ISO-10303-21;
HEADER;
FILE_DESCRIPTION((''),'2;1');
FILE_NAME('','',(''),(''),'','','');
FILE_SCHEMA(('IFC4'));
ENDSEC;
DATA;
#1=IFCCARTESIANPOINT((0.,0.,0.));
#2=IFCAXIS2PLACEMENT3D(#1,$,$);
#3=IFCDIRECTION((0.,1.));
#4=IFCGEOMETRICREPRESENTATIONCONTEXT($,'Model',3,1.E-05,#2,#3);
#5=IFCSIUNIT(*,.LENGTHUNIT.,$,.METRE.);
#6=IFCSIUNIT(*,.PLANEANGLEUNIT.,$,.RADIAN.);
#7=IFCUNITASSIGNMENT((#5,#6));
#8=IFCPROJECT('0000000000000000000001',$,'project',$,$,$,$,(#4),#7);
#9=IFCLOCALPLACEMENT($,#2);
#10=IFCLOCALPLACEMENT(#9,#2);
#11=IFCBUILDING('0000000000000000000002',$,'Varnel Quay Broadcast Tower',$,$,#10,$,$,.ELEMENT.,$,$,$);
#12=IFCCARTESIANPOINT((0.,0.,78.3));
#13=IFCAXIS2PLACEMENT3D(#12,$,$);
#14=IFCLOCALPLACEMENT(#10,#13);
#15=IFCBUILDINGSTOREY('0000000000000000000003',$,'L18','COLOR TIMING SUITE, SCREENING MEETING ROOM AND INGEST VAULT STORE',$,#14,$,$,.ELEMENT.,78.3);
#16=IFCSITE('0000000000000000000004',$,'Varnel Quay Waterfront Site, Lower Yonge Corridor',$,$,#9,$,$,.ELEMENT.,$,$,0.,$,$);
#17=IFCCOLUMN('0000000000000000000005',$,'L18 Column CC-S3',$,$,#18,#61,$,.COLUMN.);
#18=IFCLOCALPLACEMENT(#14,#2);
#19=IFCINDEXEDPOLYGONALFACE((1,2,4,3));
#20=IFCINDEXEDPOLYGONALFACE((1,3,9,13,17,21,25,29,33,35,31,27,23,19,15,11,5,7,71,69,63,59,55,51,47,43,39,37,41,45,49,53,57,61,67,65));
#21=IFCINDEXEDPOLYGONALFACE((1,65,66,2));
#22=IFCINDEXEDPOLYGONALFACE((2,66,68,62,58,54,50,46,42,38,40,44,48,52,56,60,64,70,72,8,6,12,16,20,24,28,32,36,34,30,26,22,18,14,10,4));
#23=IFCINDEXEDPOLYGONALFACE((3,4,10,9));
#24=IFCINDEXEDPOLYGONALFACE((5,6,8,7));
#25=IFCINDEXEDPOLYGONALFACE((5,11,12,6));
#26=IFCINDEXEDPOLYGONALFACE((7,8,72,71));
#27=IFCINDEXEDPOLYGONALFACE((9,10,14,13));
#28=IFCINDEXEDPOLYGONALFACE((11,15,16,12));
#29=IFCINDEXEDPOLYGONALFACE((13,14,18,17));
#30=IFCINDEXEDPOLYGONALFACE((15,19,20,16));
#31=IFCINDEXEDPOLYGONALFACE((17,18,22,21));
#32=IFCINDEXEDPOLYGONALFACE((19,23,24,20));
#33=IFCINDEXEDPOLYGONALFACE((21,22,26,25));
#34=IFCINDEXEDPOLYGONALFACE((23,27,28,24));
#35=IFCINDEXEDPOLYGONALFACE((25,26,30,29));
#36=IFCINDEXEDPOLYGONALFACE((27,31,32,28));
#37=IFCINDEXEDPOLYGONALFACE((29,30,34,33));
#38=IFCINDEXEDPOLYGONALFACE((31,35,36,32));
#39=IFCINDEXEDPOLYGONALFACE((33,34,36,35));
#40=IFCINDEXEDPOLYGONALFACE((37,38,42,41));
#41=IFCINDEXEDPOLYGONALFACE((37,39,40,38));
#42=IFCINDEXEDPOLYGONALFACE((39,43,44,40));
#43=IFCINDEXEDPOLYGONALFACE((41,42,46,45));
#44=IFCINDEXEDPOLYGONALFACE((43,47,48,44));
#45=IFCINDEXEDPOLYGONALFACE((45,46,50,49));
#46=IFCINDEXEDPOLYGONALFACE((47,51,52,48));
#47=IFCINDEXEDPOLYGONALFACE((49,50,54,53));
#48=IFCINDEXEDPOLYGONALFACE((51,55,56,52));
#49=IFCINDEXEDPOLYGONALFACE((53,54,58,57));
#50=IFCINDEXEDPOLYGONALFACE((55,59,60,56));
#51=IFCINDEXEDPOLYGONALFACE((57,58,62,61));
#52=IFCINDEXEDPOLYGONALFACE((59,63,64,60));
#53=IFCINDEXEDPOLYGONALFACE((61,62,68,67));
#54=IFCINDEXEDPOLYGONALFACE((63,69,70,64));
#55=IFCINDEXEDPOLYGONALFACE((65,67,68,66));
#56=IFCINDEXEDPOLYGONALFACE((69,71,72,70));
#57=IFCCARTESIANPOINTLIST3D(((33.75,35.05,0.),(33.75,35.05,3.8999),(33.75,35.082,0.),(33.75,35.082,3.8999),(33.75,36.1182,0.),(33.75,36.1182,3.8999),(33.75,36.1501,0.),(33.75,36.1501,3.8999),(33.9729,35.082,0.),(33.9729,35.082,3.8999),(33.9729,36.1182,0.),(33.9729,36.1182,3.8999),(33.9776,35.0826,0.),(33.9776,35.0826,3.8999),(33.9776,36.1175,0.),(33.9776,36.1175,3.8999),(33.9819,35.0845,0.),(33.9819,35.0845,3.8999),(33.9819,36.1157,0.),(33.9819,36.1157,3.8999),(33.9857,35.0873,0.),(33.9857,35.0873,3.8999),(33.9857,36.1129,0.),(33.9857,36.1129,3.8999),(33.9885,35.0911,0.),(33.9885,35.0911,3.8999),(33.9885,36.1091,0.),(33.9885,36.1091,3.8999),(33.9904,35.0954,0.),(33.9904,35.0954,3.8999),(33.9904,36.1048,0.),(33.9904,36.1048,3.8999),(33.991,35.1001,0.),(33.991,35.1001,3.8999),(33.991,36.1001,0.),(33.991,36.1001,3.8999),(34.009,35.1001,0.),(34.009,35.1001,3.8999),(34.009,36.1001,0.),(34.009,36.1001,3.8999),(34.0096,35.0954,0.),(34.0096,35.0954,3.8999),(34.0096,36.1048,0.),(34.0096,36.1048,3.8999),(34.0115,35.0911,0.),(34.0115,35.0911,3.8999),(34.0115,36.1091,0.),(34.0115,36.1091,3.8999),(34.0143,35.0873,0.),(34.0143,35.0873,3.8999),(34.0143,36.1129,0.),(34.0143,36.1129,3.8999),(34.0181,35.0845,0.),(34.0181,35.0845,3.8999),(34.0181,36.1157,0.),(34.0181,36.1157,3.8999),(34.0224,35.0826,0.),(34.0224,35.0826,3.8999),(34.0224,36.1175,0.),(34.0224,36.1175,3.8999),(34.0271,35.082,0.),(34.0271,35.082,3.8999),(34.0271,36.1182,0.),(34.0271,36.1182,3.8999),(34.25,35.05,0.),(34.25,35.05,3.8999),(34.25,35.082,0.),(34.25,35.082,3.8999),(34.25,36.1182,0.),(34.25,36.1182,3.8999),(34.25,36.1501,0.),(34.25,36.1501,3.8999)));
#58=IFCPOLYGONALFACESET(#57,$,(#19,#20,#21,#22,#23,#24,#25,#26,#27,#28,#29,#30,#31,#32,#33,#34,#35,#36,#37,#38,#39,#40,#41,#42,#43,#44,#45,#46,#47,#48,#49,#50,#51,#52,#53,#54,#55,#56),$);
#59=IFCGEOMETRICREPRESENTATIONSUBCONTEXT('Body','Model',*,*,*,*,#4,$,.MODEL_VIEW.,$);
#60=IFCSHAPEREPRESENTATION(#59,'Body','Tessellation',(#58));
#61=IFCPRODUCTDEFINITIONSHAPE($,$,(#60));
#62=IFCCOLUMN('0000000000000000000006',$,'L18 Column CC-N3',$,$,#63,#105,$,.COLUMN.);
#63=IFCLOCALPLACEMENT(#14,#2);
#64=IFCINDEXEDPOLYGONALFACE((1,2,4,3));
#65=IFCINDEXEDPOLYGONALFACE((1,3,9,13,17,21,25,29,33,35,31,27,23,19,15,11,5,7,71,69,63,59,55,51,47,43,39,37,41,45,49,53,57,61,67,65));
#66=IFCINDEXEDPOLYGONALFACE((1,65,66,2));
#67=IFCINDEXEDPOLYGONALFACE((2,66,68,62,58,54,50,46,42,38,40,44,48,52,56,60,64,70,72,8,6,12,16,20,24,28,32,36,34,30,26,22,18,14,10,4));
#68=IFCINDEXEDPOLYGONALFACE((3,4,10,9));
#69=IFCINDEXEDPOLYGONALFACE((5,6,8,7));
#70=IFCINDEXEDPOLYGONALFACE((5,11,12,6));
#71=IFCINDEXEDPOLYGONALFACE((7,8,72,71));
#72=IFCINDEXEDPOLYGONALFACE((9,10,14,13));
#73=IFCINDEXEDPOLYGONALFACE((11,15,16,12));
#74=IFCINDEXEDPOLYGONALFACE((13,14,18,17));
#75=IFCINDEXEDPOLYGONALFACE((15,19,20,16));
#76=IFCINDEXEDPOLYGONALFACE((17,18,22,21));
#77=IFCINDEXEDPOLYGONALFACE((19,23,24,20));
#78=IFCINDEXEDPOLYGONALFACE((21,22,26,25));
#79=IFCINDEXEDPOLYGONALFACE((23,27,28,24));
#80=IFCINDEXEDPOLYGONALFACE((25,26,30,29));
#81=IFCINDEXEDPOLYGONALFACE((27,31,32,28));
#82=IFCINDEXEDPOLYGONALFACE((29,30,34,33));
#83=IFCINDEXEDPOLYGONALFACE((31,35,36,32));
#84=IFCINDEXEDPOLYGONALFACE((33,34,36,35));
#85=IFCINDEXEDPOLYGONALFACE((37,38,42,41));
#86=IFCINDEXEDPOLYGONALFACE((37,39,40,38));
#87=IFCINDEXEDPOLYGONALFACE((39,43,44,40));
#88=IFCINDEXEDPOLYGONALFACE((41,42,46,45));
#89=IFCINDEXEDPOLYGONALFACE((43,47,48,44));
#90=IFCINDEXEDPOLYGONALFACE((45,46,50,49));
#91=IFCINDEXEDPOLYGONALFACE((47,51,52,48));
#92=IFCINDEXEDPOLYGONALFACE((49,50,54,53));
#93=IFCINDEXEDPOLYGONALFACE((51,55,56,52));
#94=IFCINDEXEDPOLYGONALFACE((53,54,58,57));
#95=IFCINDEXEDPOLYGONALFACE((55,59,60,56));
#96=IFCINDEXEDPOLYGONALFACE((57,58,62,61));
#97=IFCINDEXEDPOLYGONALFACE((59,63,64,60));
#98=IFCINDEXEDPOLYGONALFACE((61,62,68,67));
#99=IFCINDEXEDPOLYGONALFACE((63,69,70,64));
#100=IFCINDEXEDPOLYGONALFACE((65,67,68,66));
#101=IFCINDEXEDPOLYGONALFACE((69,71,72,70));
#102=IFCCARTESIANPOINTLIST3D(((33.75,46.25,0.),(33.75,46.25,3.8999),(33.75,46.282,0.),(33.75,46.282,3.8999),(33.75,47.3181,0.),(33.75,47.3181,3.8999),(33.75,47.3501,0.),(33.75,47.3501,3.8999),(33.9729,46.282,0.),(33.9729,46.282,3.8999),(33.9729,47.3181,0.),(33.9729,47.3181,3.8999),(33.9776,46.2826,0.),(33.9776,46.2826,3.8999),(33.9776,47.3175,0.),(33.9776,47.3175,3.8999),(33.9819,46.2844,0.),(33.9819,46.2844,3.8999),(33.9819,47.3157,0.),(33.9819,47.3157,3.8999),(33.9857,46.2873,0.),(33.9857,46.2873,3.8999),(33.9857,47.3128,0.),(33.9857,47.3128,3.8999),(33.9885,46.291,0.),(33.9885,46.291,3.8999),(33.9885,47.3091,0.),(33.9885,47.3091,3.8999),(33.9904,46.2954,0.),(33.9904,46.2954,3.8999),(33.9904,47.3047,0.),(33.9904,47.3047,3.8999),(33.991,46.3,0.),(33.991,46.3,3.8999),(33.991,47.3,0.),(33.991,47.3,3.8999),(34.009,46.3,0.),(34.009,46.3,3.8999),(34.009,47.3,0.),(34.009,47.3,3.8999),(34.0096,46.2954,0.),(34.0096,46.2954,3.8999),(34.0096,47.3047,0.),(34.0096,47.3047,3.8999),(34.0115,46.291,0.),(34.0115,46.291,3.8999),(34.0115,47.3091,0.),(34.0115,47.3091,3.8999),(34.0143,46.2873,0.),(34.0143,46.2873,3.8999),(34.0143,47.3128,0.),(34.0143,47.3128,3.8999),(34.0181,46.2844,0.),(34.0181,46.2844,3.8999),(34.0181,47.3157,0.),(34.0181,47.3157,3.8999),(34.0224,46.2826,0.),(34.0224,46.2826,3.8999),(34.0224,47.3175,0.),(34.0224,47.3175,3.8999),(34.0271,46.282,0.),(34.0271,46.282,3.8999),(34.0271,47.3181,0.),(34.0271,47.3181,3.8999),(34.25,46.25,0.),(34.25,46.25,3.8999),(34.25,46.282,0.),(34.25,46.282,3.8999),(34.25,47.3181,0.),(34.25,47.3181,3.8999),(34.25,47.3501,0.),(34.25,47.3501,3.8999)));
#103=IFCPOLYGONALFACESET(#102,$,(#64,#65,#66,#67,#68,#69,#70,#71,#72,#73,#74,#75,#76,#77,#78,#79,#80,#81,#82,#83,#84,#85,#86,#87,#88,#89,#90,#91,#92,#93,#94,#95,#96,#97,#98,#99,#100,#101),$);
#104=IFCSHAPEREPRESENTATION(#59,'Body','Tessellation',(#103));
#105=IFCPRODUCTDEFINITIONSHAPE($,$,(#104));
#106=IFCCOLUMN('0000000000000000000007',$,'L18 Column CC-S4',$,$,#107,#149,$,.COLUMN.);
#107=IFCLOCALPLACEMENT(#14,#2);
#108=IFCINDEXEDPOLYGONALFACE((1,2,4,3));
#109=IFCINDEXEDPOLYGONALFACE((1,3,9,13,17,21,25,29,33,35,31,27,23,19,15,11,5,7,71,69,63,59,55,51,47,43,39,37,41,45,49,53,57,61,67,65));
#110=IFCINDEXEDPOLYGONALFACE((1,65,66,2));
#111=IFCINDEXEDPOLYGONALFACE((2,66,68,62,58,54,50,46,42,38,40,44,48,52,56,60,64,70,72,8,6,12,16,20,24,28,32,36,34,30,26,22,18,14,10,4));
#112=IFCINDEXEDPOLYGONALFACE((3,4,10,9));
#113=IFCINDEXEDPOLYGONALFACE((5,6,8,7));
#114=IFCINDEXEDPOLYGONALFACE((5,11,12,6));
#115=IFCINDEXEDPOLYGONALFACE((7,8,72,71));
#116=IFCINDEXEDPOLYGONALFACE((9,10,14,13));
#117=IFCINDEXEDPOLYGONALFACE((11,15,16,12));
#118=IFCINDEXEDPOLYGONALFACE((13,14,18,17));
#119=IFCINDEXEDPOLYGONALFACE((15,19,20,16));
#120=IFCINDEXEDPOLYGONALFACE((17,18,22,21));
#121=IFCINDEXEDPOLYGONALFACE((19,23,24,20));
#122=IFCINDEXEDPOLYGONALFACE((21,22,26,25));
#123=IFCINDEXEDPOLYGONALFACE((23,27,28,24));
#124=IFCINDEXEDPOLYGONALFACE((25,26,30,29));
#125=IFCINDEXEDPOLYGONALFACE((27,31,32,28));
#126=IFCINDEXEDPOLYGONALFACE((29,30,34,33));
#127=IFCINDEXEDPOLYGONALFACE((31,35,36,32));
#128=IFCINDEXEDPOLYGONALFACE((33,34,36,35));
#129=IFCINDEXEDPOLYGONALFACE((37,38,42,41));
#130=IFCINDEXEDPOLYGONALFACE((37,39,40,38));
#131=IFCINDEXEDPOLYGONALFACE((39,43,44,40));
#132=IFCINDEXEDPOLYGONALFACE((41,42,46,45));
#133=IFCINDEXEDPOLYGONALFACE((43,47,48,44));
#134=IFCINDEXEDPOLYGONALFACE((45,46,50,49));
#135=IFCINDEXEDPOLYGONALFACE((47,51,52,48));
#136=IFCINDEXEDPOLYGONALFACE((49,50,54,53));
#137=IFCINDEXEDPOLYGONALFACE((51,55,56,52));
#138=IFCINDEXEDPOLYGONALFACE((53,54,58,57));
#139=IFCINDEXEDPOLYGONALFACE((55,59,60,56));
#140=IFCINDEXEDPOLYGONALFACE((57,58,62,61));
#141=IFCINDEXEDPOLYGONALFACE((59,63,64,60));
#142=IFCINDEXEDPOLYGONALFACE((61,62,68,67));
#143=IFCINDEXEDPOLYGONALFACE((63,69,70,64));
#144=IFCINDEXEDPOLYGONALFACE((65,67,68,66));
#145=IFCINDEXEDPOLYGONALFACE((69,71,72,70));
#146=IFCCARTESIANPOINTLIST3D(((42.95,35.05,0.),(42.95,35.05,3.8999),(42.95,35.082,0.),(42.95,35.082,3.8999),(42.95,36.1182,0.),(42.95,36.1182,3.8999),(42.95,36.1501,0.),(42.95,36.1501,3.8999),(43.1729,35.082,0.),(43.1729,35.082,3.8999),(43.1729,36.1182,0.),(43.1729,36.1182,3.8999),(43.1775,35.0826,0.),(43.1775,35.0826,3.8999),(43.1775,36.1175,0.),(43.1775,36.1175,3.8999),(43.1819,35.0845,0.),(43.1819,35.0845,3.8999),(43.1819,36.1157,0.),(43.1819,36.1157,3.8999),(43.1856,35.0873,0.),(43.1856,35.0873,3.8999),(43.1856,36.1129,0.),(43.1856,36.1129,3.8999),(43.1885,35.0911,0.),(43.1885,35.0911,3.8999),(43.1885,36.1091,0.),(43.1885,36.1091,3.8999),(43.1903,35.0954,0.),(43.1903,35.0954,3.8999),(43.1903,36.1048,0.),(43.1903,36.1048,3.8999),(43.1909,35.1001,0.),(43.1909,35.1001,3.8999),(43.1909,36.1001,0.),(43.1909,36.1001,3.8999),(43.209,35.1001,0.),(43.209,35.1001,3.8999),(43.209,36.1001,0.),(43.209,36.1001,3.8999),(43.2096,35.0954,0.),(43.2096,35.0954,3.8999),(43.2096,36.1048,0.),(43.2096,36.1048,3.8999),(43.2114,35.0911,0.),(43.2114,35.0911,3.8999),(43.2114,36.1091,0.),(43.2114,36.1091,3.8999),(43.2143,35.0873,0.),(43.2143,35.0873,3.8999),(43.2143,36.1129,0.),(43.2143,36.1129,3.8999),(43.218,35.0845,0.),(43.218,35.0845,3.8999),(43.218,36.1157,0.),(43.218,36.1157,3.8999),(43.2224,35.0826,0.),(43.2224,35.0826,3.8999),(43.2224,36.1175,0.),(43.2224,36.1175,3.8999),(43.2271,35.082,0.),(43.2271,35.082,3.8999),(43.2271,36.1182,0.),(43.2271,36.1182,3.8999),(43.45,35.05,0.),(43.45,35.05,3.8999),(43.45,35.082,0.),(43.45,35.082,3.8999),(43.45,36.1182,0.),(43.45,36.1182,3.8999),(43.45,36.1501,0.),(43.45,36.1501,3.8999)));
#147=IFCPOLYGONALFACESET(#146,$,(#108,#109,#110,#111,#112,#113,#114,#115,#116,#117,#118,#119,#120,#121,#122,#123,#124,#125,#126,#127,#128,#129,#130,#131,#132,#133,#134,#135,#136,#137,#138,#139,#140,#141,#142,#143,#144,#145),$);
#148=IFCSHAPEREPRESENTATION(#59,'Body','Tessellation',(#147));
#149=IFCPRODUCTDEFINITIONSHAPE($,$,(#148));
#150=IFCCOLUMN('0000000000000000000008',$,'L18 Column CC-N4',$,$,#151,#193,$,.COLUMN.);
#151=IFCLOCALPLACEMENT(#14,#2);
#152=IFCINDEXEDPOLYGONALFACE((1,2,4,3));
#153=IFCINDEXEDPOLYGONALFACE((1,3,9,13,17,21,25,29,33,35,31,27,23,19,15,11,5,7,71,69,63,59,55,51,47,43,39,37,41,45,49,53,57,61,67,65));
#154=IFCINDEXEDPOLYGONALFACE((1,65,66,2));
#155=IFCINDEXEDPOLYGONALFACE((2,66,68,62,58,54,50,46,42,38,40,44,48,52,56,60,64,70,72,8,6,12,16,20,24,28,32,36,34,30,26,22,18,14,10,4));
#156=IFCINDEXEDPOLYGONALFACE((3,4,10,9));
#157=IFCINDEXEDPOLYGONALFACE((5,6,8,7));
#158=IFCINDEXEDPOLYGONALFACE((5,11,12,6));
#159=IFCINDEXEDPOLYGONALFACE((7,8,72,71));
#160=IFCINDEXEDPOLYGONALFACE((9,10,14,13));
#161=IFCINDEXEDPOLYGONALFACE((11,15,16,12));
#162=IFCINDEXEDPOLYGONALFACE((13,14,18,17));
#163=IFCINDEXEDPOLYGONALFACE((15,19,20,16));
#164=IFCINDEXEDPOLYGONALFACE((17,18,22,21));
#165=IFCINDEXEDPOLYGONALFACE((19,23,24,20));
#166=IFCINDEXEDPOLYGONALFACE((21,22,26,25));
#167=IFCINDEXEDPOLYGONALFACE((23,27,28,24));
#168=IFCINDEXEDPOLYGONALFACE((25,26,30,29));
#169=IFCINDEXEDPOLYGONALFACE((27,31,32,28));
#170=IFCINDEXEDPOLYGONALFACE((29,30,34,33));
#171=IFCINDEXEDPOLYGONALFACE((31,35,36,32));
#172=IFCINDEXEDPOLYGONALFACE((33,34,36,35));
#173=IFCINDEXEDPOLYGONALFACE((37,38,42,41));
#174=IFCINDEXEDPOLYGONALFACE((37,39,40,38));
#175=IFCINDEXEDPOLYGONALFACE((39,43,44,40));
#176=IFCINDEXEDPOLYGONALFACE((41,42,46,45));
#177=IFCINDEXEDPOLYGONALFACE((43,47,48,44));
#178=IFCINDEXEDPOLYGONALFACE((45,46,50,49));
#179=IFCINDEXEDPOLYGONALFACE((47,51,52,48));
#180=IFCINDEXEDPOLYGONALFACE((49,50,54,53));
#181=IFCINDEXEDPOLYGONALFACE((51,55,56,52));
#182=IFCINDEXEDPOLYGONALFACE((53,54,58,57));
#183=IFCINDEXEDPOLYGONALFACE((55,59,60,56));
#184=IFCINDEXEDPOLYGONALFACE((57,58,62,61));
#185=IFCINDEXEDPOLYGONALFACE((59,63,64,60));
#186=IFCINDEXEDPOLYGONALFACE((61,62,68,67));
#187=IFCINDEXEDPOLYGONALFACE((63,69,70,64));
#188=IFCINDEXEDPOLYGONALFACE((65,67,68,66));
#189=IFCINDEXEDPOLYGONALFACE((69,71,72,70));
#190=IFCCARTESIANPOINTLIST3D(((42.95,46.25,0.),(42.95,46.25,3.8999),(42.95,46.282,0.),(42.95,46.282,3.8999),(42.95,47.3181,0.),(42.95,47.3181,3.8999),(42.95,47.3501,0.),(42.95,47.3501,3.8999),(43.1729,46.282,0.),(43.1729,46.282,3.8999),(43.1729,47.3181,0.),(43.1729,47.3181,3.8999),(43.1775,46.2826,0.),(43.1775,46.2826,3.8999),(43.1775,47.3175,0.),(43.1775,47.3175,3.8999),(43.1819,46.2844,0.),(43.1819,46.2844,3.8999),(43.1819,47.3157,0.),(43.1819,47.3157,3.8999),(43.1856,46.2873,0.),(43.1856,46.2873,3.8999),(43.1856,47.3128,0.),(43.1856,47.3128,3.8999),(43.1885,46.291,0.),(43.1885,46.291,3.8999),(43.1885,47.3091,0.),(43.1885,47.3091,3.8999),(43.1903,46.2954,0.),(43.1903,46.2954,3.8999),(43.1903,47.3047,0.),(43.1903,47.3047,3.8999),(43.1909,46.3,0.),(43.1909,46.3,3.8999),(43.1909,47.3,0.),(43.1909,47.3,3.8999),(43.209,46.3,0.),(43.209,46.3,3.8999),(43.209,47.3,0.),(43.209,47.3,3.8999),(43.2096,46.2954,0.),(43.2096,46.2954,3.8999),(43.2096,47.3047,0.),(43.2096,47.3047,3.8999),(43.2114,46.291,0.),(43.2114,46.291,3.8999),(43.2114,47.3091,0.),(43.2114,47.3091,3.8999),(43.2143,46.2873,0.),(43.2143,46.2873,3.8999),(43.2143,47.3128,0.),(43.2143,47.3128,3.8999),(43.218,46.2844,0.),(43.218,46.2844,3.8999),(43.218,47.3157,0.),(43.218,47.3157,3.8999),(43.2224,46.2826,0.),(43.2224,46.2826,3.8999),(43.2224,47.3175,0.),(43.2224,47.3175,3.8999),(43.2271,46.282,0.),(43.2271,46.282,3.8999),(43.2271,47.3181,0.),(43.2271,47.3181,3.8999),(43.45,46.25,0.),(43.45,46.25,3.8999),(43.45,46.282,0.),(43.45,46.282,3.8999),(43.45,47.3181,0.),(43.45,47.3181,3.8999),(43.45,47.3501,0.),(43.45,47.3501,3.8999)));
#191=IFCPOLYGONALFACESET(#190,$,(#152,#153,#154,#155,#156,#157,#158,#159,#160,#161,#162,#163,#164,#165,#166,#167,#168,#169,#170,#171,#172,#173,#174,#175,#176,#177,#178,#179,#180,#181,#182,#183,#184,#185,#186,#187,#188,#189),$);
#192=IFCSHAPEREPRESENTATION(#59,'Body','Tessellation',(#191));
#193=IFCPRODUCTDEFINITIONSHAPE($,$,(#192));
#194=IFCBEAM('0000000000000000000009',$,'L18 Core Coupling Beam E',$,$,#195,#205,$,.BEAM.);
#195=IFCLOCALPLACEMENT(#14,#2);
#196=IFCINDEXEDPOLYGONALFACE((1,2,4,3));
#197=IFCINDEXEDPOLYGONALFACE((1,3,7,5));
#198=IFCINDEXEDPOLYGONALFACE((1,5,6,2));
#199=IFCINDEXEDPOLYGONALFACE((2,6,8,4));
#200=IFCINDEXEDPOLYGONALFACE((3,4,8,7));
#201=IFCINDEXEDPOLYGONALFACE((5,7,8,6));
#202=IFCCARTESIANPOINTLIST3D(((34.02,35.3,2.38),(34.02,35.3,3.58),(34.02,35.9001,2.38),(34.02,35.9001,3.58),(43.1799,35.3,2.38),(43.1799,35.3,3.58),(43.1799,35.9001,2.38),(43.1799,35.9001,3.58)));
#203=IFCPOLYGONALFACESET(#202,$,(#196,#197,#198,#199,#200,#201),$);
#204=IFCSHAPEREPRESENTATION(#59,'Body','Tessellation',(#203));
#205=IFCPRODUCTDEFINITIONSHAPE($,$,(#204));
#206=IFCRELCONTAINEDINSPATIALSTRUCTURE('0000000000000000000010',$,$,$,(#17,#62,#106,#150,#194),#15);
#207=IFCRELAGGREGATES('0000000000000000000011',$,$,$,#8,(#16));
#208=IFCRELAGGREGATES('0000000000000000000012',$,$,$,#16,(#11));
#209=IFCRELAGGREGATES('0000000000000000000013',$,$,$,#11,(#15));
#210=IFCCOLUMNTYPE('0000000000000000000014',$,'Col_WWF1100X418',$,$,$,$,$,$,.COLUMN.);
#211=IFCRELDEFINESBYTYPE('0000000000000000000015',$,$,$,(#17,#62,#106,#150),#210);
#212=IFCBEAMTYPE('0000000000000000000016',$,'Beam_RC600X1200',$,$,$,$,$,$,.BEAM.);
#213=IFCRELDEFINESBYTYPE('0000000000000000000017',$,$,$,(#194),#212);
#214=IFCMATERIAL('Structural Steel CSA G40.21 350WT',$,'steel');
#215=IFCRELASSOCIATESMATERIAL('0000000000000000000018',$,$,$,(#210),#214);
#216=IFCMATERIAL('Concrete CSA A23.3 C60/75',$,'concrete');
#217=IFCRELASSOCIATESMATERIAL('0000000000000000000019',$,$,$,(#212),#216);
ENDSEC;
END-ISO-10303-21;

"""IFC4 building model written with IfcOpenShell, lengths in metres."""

from ifc_helpers import new_model, si_unit, direction, frame, origin, origin_2d, place, context, subcontext, project, spatial, rectangle, i_section, extrude, source, transform, mapped, material, material_profile, profile_set, type_object, type_shapes, element, save


model = new_model("IFC4")

# Units and contexts
model_context = context("Model", 3, precision=1e-05, world=origin(), true_north=direction((0.0, 1.0)))
body_context = subcontext(model_context, "Body", "Model", "MODEL_VIEW")
ifc_project = project(units=[si_unit("LENGTHUNIT", "METRE"), si_unit("PLANEANGLEUNIT", "RADIAN")], contexts=[model_context])

# Site, building, storey
site_placement = place(None, origin())
site = spatial("IfcSite", under=ifc_project, at=site_placement, Name="Varnel Quay Waterfront Site, Lower Yonge Corridor", CompositionType="ELEMENT", RefElevation=0.0)
building_placement = place(site_placement, origin())
building = spatial("IfcBuilding", under=site, at=building_placement, Name="Varnel Quay Broadcast Tower", CompositionType="ELEMENT")
storey_placement = place(building_placement, frame((0.0, 0.0, 78.3)))
storey = spatial("IfcBuildingStorey", under=building, at=storey_placement, Name="L18", Description="COLOR TIMING SUITE, SCREENING MEETING ROOM AND INGEST VAULT STORE", CompositionType="ELEMENT", Elevation=78.3)

# Columns
ifc_material_1 = material(Name="Structural Steel CSA G40.21 350WT", Category="steel")
ifc_material_profile_1 = material_profile(ifc_material_1, i_section(OverallWidth=0.5, OverallDepth=1.1001, WebThickness=0.0181, FlangeThickness=0.032, FilletRadius=0.0181, at=origin_2d()), Name="WWF1100X418")
ifc_profile_set_1 = profile_set([ifc_material_profile_1], Name="Structural Steel CSA G40.21 350WT")
column_type = type_object("IfcColumnType", Name="Col_WWF1100X418", PredefinedType="COLUMN", material=ifc_profile_set_1)
shared_shape_1 = source(origin(), body_context, "Body", "SweptSolid", [
    extrude(i_section(OverallWidth=0.5, OverallDepth=1.1001, WebThickness=0.0181, FlangeThickness=0.032, FilletRadius=0.0181, at=origin_2d()), origin(), (0.0, 0.0, 1.0), 3.8999),
])
type_shapes(column_type, [shared_shape_1])
for number, where, z_axis, x_axis, name in (
    (1, (34.0, 35.6001, 0.0), (0.0, 0.0, 1.0), (1.0, 0.0, 0.0), "L18 Column CC-S3"),
    (2, (34.0, 46.8, 0.0), (0.0, 0.0, 1.0), (1.0, 0.0, 0.0), "L18 Column CC-N3"),
    (3, (43.2, 35.6001, 0.0), (0.0, 0.0, 1.0), (1.0, 0.0, 0.0), "L18 Column CC-S4"),
    (4, (43.2, 46.8, 0.0), (0.0, 0.0, 1.0), (1.0, 0.0, 0.0), "L18 Column CC-N4"),
):
    element("IfcColumn", number, at=place(storey_placement, frame(where, z_axis=z_axis, x_axis=x_axis)), inside=storey, type_object=column_type, Name=name, PredefinedType="COLUMN", context=body_context, shape_type="MappedRepresentation", body=[
        mapped(shared_shape_1, transform((0.0, 0.0, 0.0), x_axis=(1.0, 0.0, 0.0), y_axis=(0.0, 1.0, 0.0), z_axis=(0.0, 0.0, 1.0), scale=1.0)),
    ])

# Beam
ifc_material_2 = material(Name="Concrete CSA A23.3 C60/75", Category="concrete")
ifc_material_profile_2 = material_profile(ifc_material_2, rectangle(XDim=0.6001, YDim=1.2, at=origin_2d()), Name="RC600X1200")
ifc_profile_set_2 = profile_set([ifc_material_profile_2], Name="Concrete CSA A23.3 C60/75")
beam_type_1 = type_object("IfcBeamType", Name="Beam_RC600X1200", PredefinedType="BEAM", material=ifc_profile_set_2)
shared_shape_2 = source(origin(), body_context, "Body", "SweptSolid", [
    extrude(rectangle(XDim=0.6001, YDim=1.2, at=origin_2d()), origin(), (0.0, 0.0, 1.0), 9.1599),
])
type_shapes(beam_type_1, [shared_shape_2])
beam_1_placement = place(storey_placement, frame((34.02, 35.6001, 2.98), z_axis=(1.0, 0.0, 0.0), x_axis=(0.0, 1.0, 0.0)))
element("IfcBeam", 5, at=beam_1_placement, inside=storey, type_object=beam_type_1, Name="L18 Core Coupling Beam E", PredefinedType="BEAM", context=body_context, shape_type="MappedRepresentation", body=[
    mapped(shared_shape_2, transform((0.0, 0.0, 0.0), x_axis=(1.0, 0.0, 0.0), y_axis=(0.0, 1.0, 0.0), z_axis=(0.0, 0.0, 1.0), scale=1.0)),
])

save(model, "model.ifc")
